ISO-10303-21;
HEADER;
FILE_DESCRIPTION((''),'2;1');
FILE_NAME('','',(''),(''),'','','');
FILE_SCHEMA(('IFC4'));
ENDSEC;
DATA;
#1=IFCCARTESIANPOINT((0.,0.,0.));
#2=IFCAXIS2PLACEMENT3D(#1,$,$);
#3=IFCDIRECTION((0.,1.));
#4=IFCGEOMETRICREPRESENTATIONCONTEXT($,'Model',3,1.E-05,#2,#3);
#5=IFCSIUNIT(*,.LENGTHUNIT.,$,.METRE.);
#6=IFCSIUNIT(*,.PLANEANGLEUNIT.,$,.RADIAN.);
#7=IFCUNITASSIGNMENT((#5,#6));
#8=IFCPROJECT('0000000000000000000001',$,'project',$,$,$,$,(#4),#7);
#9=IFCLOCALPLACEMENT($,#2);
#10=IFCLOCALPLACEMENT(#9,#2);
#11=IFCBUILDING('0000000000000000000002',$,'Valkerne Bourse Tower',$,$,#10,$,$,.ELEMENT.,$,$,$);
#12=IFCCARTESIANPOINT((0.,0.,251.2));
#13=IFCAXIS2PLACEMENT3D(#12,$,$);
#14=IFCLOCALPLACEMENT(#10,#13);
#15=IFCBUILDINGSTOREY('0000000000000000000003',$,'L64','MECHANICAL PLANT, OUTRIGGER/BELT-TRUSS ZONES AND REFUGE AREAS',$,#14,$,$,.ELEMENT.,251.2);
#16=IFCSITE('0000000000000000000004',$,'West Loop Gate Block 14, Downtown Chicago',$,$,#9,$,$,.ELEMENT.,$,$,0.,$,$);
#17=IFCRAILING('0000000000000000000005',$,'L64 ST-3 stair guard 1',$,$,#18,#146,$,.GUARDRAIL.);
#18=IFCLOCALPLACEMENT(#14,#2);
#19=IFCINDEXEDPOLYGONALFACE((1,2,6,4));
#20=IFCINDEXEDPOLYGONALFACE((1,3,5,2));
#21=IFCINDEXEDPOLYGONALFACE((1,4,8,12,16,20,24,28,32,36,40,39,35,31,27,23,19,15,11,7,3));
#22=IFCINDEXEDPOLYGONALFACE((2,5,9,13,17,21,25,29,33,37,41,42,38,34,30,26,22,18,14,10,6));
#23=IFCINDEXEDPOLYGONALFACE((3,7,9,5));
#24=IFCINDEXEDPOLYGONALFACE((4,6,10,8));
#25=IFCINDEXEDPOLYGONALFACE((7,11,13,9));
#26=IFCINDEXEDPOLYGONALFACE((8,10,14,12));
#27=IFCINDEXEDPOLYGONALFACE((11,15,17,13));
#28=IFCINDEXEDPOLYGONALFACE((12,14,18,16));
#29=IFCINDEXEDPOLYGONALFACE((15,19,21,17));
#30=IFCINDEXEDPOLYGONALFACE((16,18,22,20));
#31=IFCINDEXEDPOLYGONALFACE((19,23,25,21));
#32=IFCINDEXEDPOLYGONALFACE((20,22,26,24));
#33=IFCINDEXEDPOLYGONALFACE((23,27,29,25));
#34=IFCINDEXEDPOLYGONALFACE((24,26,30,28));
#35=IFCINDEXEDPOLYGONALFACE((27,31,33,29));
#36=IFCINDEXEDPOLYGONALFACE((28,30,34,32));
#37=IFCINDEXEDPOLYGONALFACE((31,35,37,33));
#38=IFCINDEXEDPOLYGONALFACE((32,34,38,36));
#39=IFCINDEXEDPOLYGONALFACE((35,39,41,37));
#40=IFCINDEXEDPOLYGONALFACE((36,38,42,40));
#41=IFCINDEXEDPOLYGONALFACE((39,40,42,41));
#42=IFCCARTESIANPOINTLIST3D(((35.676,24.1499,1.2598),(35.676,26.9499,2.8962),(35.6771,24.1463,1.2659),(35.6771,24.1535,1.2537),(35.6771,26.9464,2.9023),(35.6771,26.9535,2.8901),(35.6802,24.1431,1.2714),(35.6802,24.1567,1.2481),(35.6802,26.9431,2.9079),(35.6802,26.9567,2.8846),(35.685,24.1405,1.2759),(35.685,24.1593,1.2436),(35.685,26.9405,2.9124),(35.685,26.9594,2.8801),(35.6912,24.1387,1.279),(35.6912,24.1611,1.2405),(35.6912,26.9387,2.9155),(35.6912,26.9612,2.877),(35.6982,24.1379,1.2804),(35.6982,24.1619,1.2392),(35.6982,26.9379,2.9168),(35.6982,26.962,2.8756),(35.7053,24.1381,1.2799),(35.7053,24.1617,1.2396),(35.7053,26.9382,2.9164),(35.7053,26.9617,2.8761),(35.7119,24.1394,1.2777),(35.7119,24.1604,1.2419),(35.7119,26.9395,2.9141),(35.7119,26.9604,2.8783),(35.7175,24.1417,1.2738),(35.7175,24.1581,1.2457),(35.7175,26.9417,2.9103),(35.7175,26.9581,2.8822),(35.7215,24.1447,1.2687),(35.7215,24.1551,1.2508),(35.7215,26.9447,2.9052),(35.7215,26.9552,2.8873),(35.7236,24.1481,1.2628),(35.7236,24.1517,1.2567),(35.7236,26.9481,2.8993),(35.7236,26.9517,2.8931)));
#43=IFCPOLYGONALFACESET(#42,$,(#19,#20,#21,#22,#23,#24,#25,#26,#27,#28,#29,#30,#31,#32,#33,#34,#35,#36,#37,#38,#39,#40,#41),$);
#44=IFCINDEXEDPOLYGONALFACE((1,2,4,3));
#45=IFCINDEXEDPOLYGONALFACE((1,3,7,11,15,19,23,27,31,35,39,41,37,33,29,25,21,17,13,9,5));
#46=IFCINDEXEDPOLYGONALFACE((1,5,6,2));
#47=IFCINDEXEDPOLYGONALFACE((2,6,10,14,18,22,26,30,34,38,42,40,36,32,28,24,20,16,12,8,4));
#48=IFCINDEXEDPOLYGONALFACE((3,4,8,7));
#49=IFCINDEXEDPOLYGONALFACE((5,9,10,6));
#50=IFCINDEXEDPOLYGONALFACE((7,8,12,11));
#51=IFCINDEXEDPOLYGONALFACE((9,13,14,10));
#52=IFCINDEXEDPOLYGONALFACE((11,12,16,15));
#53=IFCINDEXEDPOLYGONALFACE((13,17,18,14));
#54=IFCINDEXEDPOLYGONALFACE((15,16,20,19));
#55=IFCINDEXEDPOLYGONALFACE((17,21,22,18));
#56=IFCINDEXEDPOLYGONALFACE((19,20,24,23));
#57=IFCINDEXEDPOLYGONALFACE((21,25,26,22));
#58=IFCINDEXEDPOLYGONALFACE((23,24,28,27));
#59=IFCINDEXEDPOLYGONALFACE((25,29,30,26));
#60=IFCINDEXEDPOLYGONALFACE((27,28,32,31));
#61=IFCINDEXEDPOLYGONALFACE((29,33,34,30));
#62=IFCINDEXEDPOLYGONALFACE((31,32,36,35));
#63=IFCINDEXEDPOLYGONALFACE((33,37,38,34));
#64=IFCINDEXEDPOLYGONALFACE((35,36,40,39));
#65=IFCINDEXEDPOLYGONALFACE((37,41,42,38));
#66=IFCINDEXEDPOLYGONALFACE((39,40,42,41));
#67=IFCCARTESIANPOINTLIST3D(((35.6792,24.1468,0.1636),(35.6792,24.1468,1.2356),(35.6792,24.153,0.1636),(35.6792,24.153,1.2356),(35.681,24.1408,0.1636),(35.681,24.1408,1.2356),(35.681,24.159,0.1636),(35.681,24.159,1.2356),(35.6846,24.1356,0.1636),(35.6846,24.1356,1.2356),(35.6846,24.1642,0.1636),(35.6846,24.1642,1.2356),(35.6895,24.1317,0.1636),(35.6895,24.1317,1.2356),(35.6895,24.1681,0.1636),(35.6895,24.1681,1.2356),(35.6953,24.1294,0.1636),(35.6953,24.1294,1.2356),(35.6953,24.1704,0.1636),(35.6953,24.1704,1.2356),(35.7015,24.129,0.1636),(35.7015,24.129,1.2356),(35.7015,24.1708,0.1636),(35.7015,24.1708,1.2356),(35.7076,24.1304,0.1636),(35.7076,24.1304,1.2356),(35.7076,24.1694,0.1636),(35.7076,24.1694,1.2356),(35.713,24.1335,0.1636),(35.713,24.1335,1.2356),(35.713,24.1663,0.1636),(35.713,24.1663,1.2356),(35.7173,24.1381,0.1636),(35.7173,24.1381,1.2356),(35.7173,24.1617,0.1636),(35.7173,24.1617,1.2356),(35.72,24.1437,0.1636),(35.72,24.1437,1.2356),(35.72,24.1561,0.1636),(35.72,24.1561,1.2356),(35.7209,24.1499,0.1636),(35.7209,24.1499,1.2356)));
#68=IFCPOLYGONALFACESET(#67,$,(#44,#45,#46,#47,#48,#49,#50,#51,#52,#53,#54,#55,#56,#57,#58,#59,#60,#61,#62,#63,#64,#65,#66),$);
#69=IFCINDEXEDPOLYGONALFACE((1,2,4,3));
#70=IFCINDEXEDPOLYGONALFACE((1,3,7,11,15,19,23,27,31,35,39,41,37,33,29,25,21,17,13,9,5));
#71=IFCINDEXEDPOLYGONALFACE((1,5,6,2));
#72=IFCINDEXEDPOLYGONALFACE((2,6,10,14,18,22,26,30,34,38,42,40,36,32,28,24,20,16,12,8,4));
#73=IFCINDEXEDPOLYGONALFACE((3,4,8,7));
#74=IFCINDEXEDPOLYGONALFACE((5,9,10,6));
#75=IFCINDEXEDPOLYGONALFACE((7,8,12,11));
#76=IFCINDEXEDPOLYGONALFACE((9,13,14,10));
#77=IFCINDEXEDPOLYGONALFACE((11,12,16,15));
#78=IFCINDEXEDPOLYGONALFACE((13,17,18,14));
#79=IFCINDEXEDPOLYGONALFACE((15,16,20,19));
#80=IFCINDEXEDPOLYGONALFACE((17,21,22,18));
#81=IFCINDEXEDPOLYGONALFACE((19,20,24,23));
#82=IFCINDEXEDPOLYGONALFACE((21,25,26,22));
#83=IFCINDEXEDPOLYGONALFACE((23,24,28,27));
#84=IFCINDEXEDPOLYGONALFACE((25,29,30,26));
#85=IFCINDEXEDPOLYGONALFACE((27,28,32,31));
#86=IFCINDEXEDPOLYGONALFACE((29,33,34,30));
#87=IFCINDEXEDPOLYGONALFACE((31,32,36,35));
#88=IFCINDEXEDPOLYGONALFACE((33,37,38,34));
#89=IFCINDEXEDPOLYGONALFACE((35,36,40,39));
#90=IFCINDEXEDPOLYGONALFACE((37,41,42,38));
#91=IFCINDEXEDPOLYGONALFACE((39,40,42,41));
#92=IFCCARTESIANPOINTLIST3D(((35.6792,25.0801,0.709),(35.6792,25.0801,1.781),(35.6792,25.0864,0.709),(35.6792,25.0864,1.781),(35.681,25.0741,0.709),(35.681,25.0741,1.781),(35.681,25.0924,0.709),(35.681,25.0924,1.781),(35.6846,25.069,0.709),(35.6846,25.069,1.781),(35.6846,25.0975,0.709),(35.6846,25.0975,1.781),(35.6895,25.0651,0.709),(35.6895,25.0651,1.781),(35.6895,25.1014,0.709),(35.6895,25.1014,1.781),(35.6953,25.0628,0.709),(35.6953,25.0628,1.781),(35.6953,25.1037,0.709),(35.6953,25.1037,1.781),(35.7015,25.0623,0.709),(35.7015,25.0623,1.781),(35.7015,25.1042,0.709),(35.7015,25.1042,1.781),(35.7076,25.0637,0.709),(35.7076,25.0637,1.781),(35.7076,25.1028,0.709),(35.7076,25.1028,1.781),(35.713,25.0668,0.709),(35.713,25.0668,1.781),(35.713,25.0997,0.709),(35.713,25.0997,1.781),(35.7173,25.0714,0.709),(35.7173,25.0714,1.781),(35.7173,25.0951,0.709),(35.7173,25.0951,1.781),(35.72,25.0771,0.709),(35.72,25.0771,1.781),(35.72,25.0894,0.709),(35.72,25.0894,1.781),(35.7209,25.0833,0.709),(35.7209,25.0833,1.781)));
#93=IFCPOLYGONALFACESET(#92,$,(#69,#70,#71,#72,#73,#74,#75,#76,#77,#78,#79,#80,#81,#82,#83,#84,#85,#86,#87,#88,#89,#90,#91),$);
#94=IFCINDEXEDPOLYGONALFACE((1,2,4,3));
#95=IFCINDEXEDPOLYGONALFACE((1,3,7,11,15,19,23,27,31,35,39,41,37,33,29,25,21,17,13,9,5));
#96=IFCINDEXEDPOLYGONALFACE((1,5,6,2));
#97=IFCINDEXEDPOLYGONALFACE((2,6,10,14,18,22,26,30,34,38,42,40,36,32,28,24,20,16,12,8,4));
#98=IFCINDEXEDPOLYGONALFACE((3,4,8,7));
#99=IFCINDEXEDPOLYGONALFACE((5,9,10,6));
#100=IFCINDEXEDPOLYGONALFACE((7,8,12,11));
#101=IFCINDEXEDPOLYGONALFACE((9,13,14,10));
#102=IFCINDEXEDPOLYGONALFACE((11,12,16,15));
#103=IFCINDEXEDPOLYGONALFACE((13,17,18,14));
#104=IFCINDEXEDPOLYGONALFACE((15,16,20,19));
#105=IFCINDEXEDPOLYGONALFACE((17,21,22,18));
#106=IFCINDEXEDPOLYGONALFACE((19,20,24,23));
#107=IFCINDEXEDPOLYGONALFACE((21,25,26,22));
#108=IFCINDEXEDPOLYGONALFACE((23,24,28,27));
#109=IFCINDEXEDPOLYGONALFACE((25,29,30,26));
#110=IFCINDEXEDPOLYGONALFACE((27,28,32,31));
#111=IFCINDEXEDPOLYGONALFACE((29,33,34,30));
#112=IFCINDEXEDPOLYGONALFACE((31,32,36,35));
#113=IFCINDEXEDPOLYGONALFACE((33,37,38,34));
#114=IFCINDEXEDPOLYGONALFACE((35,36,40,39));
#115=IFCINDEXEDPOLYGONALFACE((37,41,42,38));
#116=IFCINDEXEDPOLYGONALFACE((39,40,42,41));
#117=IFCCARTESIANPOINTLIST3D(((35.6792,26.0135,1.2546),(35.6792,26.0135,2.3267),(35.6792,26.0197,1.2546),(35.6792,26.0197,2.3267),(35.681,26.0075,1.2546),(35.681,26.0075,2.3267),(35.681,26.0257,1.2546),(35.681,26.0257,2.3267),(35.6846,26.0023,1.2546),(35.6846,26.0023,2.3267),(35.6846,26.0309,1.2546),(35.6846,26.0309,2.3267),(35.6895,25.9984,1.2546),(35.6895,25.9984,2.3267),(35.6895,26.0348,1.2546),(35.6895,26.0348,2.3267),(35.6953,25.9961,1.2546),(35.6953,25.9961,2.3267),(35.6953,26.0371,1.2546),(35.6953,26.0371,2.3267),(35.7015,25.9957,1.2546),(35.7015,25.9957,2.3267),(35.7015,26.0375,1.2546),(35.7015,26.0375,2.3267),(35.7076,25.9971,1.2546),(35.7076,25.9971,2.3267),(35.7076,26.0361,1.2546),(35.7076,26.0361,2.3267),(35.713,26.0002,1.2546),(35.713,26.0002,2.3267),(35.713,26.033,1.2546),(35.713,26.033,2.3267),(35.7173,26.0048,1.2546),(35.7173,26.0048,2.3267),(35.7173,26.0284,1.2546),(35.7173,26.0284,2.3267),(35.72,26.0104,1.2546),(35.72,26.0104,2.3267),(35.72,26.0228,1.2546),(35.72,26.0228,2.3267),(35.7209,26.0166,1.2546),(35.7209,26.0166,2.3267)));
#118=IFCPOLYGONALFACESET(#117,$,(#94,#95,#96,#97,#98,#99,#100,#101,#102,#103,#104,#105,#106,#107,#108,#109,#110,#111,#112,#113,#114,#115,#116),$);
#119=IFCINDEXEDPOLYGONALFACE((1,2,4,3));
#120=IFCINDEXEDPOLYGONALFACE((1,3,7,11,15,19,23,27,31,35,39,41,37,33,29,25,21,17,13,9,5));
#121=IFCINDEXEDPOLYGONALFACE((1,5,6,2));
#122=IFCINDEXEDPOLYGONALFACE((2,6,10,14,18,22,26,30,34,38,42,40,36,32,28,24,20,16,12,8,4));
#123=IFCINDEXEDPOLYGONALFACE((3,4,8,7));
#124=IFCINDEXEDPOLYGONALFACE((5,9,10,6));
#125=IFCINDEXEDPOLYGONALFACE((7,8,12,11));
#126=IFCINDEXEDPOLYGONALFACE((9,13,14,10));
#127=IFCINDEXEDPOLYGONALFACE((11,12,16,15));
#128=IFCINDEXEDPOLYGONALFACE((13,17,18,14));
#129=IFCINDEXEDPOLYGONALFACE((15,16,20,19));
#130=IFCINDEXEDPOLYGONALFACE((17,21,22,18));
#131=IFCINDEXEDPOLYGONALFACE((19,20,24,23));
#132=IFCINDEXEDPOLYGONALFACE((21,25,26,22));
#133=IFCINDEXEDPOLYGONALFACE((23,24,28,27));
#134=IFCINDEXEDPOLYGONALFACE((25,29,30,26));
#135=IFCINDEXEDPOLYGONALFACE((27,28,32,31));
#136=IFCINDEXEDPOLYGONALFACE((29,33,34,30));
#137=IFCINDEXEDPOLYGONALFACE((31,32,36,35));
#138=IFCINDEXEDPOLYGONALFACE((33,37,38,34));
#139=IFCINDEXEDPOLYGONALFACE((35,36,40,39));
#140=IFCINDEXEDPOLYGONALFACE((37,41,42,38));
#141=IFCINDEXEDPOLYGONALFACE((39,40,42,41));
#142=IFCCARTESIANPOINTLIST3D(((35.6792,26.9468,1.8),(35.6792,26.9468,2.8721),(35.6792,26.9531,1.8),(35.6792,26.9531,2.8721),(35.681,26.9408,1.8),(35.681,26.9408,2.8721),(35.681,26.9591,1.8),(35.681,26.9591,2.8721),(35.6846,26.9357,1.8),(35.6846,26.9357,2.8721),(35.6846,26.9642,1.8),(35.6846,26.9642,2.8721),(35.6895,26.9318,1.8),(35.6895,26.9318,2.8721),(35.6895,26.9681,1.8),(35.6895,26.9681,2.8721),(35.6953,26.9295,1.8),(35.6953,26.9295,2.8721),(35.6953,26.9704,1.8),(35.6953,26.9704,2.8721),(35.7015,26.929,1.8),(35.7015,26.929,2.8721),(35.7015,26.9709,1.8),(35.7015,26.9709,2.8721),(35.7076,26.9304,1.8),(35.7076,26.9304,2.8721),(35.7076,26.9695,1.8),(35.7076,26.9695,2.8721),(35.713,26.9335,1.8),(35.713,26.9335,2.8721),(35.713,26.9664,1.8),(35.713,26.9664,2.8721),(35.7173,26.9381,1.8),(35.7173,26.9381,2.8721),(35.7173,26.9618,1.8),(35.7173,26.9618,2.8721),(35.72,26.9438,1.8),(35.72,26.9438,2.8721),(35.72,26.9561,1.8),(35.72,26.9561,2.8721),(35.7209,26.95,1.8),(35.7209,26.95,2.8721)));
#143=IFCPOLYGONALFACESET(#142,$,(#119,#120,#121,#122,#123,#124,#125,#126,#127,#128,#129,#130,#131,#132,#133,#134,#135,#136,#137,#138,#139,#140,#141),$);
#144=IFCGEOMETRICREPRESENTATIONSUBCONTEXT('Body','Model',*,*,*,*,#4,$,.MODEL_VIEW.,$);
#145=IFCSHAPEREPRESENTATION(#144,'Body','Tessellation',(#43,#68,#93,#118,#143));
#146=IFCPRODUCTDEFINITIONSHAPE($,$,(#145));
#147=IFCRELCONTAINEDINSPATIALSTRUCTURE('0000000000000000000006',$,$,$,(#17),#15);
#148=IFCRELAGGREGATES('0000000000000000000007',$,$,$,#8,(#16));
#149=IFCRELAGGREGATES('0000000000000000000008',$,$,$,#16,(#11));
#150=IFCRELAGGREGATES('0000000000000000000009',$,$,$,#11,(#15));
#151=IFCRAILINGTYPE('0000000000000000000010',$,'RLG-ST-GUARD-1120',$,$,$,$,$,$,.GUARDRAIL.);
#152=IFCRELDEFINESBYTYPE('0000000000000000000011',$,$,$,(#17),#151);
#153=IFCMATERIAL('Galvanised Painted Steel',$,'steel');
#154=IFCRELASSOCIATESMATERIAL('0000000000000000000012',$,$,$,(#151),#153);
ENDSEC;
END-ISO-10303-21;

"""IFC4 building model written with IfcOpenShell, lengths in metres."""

from ifc_helpers import new_model, si_unit, direction, frame, origin, origin_2d, place, context, subcontext, project, spatial, circle, extrude, material, type_object, element, save


model = new_model("IFC4")

# Units and contexts
model_context = context("Model", 3, precision=1e-05, world=origin(), true_north=direction((0.0, 1.0)))
body_context = subcontext(model_context, "Body", "Model", "MODEL_VIEW")
ifc_project = project(units=[si_unit("LENGTHUNIT", "METRE"), si_unit("PLANEANGLEUNIT", "RADIAN")], contexts=[model_context])

# Site, building, storey
site_placement = place(None, origin())
site = spatial("IfcSite", under=ifc_project, at=site_placement, Name="West Loop Gate Block 14, Downtown Chicago", CompositionType="ELEMENT", RefElevation=0.0)
building_placement = place(site_placement, origin())
building = spatial("IfcBuilding", under=site, at=building_placement, Name="Valkerne Bourse Tower", CompositionType="ELEMENT")
storey_placement = place(building_placement, frame((0.0, 0.0, 251.2)))
storey = spatial("IfcBuildingStorey", under=building, at=storey_placement, Name="L64", Description="MECHANICAL PLANT, OUTRIGGER/BELT-TRUSS ZONES AND REFUGE AREAS", CompositionType="ELEMENT", Elevation=251.2)

# Shared definitions
ifc_material_1 = material(Name="Galvanised Painted Steel", Category="steel")

# Railing
railing_type_1 = type_object("IfcRailingType", Name="RLG-ST-GUARD-1120", PredefinedType="GUARDRAIL", material=ifc_material_1)
railing_1_placement = place(storey_placement, frame((35.7, 24.1499, 0.1636)))
element("IfcRailing", 1, at=railing_1_placement, inside=storey, type_object=railing_type_1, Name="L64 ST-3 stair guard 1", PredefinedType="GUARDRAIL", context=body_context, shape_type="SweptSolid", body=[
    extrude(circle(Radius=0.0239, at=origin_2d()), frame((0.0, 0.0, 1.0962), z_axis=(0.0, 0.863361, 0.504587), x_axis=(-1.0, 0.0, 0.0)), (0.0, 0.0, 1.0), 3.2432),
    extrude(circle(Radius=0.021, at=origin_2d()), origin(), (0.0, 0.0, 1.0), 1.072),
    extrude(circle(Radius=0.021, at=origin_2d()), frame((0.0, 0.9333, 0.5454)), (0.0, 0.0, 1.0), 1.072),
    extrude(circle(Radius=0.021, at=origin_2d()), frame((0.0, 1.8667, 1.0911)), (0.0, 0.0, 1.0), 1.072),
    extrude(circle(Radius=0.021, at=origin_2d()), frame((0.0, 2.8, 1.6365)), (0.0, 0.0, 1.0), 1.072),
])

save(model, "model.ifc")
